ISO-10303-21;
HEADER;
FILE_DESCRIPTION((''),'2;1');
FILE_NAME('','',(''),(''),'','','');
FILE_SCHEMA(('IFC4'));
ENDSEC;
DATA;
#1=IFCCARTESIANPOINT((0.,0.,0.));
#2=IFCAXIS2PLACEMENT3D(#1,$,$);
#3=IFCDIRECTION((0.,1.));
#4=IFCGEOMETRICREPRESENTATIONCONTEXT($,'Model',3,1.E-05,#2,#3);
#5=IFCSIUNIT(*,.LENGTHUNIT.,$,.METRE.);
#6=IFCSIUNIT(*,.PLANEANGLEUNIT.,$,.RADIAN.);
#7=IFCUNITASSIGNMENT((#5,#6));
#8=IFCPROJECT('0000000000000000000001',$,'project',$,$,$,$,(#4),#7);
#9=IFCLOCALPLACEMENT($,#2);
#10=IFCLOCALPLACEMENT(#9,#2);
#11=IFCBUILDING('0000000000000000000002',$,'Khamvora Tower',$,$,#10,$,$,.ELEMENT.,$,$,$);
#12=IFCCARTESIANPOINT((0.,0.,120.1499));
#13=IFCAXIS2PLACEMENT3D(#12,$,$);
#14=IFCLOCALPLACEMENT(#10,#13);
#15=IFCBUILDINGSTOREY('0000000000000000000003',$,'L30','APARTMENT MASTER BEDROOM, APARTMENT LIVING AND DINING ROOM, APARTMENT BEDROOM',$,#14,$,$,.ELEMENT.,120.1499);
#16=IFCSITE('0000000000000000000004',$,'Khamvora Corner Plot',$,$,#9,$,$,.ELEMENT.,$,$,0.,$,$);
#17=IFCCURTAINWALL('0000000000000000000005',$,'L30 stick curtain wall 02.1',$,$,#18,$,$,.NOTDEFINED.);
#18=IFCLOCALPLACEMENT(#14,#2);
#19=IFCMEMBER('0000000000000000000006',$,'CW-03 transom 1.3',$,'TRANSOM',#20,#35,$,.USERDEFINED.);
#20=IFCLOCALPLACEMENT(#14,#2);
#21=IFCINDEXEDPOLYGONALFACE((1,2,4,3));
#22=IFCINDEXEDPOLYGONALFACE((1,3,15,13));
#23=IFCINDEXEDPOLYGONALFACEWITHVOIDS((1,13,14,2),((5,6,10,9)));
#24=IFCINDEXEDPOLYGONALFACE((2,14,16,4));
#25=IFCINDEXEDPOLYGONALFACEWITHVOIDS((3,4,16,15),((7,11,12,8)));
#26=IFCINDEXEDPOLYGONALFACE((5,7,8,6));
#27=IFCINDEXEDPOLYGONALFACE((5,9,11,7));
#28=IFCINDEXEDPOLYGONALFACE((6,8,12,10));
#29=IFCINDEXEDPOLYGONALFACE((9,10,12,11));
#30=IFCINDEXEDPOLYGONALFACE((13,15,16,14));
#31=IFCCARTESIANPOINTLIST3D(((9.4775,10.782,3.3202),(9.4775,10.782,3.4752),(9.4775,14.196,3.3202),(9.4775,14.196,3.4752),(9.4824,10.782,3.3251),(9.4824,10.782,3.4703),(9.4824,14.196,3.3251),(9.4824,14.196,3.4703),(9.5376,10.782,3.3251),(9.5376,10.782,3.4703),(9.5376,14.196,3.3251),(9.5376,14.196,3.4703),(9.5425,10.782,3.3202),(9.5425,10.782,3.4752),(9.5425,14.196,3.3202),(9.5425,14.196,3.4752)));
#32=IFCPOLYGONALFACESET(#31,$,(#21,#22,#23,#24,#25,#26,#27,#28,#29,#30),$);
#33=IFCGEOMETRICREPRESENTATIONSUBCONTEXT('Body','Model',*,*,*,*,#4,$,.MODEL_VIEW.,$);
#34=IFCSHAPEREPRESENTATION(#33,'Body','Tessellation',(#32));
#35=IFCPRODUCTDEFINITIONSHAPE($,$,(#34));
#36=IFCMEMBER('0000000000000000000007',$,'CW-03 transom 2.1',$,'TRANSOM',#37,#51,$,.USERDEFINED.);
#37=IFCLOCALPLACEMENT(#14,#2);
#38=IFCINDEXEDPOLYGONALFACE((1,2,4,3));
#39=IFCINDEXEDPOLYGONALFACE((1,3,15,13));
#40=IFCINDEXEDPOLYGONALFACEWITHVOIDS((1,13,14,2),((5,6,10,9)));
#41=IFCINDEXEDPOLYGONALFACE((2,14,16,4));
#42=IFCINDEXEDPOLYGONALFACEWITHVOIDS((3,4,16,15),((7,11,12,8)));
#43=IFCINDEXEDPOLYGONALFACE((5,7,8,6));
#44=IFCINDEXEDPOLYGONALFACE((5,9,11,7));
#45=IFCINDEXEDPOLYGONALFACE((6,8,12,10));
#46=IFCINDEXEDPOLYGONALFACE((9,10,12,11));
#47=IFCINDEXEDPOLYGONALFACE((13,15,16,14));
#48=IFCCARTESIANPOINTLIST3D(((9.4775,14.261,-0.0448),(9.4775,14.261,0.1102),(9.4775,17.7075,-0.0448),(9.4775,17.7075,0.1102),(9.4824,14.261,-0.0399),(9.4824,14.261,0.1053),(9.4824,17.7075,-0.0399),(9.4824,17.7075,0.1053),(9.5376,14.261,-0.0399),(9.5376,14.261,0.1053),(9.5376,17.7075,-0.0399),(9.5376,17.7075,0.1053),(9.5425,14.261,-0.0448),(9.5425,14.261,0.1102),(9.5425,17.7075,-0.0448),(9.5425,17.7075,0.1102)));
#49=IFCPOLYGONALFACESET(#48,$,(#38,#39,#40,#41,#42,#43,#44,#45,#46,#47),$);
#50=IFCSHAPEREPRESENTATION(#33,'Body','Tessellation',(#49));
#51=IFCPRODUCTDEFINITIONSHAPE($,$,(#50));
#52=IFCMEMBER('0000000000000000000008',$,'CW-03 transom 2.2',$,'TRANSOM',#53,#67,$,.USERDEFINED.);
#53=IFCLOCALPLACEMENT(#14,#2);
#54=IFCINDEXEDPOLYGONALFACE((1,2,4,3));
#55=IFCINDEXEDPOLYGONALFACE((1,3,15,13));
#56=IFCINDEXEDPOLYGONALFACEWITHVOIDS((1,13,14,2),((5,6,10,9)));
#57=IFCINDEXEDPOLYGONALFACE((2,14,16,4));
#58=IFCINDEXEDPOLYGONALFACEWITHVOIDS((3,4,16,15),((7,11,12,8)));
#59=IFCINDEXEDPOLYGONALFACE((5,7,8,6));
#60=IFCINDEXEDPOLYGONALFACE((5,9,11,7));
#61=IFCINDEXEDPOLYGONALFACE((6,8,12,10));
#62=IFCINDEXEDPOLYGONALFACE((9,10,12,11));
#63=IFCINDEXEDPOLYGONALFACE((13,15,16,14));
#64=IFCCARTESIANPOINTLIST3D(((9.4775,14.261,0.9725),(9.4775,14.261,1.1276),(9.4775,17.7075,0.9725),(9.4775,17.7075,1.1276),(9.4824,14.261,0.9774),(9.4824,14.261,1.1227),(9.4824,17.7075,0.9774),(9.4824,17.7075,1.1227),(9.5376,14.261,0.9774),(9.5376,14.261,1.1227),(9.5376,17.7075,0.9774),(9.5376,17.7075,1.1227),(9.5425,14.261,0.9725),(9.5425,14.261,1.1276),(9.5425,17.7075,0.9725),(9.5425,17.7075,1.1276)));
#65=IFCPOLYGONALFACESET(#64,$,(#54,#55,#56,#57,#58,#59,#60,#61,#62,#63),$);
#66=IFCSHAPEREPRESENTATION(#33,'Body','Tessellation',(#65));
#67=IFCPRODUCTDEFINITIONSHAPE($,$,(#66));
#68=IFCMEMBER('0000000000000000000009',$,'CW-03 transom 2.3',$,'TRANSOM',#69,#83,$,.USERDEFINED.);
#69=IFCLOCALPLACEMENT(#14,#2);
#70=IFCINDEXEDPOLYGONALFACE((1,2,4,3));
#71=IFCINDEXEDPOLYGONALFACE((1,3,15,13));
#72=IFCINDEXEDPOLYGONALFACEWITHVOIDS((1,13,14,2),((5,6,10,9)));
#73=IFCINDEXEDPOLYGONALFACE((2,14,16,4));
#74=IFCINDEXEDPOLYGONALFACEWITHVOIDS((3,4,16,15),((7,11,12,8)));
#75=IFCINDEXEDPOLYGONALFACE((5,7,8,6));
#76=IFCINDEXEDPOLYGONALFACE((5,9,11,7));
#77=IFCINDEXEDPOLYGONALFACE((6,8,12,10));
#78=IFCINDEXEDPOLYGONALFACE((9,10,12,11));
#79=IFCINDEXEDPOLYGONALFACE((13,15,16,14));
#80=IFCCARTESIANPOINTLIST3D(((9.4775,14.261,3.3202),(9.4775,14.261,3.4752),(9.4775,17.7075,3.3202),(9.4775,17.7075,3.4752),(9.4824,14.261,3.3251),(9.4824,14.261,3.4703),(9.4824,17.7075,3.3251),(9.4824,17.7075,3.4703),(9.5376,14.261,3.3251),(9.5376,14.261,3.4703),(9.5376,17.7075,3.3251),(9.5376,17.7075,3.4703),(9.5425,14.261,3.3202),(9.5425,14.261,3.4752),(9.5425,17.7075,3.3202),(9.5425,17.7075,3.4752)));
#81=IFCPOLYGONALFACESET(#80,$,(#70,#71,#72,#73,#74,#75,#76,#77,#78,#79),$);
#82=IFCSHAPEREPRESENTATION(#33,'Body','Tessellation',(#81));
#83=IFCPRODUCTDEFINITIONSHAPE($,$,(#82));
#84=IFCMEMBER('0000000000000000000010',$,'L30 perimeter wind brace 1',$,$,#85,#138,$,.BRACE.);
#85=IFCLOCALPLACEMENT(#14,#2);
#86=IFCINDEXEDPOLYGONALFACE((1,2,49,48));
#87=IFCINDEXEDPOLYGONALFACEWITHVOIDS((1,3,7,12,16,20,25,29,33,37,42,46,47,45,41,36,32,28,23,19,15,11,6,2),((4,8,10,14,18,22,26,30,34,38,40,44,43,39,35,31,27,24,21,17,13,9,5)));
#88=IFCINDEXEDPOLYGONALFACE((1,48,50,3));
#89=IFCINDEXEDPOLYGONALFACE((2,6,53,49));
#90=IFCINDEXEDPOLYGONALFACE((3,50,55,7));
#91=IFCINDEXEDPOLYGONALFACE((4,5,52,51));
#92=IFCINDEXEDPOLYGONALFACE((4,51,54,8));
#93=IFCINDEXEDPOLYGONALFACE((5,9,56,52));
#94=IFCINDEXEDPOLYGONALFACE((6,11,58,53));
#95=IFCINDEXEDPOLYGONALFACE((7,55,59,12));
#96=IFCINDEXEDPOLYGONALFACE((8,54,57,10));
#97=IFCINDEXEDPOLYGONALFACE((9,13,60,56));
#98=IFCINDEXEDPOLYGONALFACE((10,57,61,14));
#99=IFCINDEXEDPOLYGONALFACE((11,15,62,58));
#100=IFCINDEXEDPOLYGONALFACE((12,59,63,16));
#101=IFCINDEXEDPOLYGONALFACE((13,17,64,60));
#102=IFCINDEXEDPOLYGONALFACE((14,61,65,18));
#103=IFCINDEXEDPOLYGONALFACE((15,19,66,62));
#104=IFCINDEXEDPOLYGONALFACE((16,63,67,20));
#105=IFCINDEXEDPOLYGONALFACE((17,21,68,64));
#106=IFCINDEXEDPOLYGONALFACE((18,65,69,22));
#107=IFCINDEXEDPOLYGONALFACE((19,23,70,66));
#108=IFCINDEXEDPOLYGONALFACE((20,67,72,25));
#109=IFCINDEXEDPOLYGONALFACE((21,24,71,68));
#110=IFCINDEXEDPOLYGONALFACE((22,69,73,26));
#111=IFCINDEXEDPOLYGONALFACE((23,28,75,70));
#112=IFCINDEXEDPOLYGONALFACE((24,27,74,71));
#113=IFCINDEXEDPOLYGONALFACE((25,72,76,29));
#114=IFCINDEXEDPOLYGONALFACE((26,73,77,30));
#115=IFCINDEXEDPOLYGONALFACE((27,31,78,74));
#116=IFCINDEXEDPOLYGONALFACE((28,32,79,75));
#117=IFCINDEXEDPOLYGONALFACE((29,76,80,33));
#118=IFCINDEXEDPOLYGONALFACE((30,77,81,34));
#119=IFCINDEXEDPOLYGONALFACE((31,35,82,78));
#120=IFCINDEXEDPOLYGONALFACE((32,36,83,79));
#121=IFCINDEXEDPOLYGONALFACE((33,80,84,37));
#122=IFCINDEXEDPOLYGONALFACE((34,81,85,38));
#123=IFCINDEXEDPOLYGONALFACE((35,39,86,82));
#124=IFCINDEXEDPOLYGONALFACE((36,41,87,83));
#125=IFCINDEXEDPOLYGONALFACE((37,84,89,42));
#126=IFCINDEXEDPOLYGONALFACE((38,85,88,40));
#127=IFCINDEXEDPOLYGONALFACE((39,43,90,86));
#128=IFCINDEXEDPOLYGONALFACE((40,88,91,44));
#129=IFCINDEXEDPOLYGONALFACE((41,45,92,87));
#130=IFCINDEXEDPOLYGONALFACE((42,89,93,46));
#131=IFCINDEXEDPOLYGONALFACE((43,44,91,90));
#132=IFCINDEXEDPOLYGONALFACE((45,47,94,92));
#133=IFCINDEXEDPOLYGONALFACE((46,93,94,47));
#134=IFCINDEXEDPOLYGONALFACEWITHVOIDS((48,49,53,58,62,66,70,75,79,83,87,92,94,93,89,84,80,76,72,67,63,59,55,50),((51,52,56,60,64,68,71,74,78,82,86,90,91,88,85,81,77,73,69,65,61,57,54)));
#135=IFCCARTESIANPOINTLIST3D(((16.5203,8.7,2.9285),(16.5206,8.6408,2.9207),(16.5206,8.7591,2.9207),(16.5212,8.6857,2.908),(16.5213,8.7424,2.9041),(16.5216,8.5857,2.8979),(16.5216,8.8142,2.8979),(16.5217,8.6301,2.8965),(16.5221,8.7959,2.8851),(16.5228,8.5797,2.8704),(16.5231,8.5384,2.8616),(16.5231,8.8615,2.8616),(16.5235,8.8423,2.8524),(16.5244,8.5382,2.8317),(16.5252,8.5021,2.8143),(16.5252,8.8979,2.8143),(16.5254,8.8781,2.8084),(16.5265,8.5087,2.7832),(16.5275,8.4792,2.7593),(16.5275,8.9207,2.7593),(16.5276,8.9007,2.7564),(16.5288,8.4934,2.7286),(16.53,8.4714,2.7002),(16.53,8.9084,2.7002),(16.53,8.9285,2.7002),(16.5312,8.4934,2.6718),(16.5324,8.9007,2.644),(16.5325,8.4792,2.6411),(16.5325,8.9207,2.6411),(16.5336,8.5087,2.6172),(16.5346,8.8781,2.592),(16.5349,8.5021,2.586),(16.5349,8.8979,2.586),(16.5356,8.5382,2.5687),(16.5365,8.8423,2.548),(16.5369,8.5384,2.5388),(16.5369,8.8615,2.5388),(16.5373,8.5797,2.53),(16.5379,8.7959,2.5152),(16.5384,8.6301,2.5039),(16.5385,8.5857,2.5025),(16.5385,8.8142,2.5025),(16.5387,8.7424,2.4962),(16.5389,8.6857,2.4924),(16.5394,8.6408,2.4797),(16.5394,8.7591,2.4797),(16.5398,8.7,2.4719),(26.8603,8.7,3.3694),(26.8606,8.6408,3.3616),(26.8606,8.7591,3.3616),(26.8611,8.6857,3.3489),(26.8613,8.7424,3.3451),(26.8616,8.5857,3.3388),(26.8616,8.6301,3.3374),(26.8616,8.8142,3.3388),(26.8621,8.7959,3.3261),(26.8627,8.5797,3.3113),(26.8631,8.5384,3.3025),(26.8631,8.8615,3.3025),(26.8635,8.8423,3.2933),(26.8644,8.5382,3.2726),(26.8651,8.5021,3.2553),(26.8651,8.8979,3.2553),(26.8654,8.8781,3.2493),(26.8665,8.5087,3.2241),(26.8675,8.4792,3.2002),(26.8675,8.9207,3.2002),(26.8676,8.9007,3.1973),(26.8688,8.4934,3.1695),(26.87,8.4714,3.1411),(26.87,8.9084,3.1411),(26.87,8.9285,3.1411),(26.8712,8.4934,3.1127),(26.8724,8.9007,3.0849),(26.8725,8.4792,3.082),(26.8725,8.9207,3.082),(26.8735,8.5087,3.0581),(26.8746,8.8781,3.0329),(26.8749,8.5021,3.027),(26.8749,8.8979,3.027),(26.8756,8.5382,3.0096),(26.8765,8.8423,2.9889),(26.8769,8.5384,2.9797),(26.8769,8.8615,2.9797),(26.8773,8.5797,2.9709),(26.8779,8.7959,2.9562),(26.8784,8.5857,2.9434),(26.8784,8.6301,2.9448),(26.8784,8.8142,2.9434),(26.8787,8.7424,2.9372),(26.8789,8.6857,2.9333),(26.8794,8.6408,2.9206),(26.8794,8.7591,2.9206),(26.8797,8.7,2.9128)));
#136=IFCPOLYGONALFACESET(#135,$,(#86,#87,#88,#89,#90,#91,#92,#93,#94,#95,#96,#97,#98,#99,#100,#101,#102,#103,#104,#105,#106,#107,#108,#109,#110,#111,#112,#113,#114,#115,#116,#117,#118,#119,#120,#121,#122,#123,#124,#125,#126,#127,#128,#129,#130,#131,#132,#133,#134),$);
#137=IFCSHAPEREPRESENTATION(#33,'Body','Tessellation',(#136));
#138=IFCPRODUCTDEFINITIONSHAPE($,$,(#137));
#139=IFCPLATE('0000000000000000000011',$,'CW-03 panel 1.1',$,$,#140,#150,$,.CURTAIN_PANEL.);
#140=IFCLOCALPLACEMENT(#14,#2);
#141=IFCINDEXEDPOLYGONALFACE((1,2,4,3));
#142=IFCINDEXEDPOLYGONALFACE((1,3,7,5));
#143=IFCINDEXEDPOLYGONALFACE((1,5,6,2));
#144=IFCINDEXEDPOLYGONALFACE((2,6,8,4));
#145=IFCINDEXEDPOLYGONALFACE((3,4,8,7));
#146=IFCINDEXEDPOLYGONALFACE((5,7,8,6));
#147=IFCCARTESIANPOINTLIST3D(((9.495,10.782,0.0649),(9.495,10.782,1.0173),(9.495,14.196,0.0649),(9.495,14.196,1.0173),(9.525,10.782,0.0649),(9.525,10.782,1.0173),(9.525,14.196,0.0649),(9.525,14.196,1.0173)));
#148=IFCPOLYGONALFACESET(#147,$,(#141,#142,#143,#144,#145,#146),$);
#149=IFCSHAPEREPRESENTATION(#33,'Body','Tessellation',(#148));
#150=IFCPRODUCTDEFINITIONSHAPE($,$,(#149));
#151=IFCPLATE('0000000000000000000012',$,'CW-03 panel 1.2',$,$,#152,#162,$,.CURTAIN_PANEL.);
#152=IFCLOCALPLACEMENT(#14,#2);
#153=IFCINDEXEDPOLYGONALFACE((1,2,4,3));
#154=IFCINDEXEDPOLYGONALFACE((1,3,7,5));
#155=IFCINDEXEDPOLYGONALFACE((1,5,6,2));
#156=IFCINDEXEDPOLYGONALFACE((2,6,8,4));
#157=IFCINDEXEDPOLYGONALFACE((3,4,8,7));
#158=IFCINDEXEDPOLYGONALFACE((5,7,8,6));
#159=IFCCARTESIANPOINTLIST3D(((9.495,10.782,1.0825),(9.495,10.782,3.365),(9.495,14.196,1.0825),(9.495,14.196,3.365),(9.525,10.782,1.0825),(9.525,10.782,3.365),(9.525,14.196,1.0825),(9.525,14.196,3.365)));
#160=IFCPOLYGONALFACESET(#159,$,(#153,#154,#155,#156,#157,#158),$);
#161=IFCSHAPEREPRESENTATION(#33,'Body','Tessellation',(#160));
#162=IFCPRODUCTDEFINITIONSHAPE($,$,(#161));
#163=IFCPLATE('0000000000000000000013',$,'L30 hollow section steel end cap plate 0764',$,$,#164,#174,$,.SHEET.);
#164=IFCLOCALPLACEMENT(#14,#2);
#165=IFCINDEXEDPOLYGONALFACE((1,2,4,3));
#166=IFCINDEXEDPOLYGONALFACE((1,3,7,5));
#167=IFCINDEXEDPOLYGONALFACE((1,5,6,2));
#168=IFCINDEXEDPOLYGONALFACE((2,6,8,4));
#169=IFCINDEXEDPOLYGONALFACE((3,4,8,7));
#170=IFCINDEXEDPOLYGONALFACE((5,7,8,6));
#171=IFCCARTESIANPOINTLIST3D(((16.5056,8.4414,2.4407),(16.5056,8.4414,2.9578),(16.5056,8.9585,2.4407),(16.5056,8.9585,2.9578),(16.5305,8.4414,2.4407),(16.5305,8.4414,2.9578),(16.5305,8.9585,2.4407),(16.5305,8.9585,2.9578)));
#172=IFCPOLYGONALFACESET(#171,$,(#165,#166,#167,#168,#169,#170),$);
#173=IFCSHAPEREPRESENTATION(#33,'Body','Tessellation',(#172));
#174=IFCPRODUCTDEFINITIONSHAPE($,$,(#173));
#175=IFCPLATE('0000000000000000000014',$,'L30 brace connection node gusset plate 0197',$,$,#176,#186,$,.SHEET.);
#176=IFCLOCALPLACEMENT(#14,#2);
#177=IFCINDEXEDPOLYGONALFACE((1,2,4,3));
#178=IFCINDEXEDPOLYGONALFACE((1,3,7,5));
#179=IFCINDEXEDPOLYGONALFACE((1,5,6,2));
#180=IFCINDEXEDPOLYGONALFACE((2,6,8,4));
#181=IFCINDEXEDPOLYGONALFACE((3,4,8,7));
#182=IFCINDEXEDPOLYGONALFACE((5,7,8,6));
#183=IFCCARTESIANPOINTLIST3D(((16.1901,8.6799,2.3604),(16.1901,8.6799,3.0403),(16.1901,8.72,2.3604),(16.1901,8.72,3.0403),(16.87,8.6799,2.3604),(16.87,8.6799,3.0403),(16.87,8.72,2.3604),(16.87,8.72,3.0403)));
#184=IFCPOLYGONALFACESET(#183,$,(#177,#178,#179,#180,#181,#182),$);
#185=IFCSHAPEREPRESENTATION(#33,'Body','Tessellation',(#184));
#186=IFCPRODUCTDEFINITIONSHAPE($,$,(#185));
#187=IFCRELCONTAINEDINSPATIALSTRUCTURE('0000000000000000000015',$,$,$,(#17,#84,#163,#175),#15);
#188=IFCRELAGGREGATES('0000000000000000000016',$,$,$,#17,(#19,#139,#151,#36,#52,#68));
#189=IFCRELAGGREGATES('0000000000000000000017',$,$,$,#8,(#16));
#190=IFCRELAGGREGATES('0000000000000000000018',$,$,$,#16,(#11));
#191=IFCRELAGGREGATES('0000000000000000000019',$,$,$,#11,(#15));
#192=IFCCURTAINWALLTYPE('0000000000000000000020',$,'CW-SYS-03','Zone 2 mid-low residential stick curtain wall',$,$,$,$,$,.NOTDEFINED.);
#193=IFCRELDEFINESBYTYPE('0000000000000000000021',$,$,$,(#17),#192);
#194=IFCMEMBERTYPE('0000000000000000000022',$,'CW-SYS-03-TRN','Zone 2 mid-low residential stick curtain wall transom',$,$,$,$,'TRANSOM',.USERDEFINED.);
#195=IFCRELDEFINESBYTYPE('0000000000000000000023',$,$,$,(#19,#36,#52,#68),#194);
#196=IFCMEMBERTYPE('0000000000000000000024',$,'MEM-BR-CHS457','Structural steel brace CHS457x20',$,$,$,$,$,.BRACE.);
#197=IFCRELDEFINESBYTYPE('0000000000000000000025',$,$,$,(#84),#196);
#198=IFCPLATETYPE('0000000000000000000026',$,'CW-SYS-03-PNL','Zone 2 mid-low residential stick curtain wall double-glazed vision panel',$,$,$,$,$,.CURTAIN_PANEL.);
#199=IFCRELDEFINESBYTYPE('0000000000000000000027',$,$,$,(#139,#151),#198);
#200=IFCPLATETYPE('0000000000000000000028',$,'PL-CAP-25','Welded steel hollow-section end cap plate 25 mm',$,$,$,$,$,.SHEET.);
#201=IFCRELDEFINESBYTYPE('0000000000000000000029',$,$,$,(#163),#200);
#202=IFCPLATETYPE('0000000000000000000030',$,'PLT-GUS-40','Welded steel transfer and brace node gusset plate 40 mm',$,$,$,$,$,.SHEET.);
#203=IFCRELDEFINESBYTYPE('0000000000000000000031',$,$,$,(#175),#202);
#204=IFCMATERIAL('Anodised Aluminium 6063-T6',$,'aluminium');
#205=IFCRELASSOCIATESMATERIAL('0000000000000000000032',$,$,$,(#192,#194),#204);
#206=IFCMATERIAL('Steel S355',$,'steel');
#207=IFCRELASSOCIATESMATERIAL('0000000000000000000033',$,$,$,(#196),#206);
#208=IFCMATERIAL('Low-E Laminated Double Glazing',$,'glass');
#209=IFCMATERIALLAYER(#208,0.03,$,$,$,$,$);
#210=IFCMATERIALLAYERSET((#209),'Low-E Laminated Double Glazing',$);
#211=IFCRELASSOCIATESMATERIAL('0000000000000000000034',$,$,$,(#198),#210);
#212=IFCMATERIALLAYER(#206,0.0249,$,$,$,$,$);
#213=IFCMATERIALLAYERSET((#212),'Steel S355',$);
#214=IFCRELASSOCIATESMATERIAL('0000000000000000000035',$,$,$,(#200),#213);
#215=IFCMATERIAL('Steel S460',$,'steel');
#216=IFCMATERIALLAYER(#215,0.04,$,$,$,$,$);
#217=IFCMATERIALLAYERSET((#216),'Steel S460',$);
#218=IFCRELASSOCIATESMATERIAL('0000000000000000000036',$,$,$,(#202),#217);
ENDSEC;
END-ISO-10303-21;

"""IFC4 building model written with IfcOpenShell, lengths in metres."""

from ifc_helpers import new_model, si_unit, direction, frame, origin, origin_2d, place, context, subcontext, project, spatial, rectangle, hollow_rectangle, hollow_circle, extrude, material, layer, layer_set, material_profile, profile_set, type_object, element, aggregate, save


model = new_model("IFC4")

# Units and contexts
model_context = context("Model", 3, precision=1e-05, world=origin(), true_north=direction((0.0, 1.0)))
body_context = subcontext(model_context, "Body", "Model", "MODEL_VIEW")
ifc_project = project(units=[si_unit("LENGTHUNIT", "METRE"), si_unit("PLANEANGLEUNIT", "RADIAN")], contexts=[model_context])

# Site, building, storey
site_placement = place(None, origin())
site = spatial("IfcSite", under=ifc_project, at=site_placement, Name="Khamvora Corner Plot", CompositionType="ELEMENT", RefElevation=0.0)
building_placement = place(site_placement, origin())
building = spatial("IfcBuilding", under=site, at=building_placement, Name="Khamvora Tower", CompositionType="ELEMENT")
storey_placement = place(building_placement, frame((0.0, 0.0, 120.1499)))
storey = spatial("IfcBuildingStorey", under=building, at=storey_placement, Name="L30", Description="APARTMENT MASTER BEDROOM, APARTMENT LIVING AND DINING ROOM, APARTMENT BEDROOM", CompositionType="ELEMENT", Elevation=120.1499)

# Shared definitions
ifc_material_1 = material(Name="Steel S355", Category="steel")

# Curtain wall, members
ifc_material_2 = material(Name="Anodised Aluminium 6063-T6", Category="aluminium")
curtain_wall_type = type_object("IfcCurtainWallType", Name="CW-SYS-03", Description="Zone 2 mid-low residential stick curtain wall", PredefinedType="NOTDEFINED", material=ifc_material_2)
curtain_wall_placement = place(storey_placement, origin())
curtain_wall = element("IfcCurtainWall", 1, at=curtain_wall_placement, inside=storey, type_object=curtain_wall_type, Name="L30 stick curtain wall 02.1", PredefinedType="NOTDEFINED")
ifc_material_profile_1 = material_profile(ifc_material_2, hollow_rectangle(XDim=0.0649, YDim=0.155, WallThickness=0.0049, at=origin_2d()), Name="TRN65x155x5")
ifc_profile_set_1 = profile_set([ifc_material_profile_1], Name="Anodised Aluminium 6063-T6")
member_type_1 = type_object("IfcMemberType", Name="CW-SYS-03-TRN", Description="Zone 2 mid-low residential stick curtain wall transom", ElementType="TRANSOM", PredefinedType="USERDEFINED", material=ifc_profile_set_1)
member_1_placement = place(storey_placement, frame((9.51, 10.782, 3.3977), z_axis=(0.0, 1.0, 0.0), x_axis=(-1.0, 0.0, 0.0)))
member_1 = element("IfcMember", 2, at=member_1_placement, type_object=member_type_1, Name="CW-03 transom 1.3", ObjectType="TRANSOM", PredefinedType="USERDEFINED", context=body_context, shape_type="SweptSolid", body=[
    extrude(hollow_rectangle(XDim=0.0649, YDim=0.155, WallThickness=0.0049, at=origin_2d()), origin(), (0.0, 0.0, 1.0), 3.4141),
])
member_2_placement = place(storey_placement, frame((9.51, 14.261, 0.0327), z_axis=(0.0, 1.0, 0.0), x_axis=(-1.0, 0.0, 0.0)))
member_2 = element("IfcMember", 3, at=member_2_placement, type_object=member_type_1, Name="CW-03 transom 2.1", ObjectType="TRANSOM", PredefinedType="USERDEFINED", context=body_context, shape_type="SweptSolid", body=[
    extrude(hollow_rectangle(XDim=0.0649, YDim=0.155, WallThickness=0.0049, at=origin_2d()), origin(), (0.0, 0.0, 1.0), 3.4465),
])
member_3_placement = place(storey_placement, frame((9.51, 14.261, 1.05), z_axis=(0.0, 1.0, 0.0), x_axis=(-1.0, 0.0, 0.0)))
member_3 = element("IfcMember", 4, at=member_3_placement, type_object=member_type_1, Name="CW-03 transom 2.2", ObjectType="TRANSOM", PredefinedType="USERDEFINED", context=body_context, shape_type="SweptSolid", body=[
    extrude(hollow_rectangle(XDim=0.0649, YDim=0.155, WallThickness=0.0049, at=origin_2d()), origin(), (0.0, 0.0, 1.0), 3.4465),
])
member_4_placement = place(storey_placement, frame((9.51, 14.261, 3.3977), z_axis=(0.0, 1.0, 0.0), x_axis=(-1.0, 0.0, 0.0)))
member_4 = element("IfcMember", 5, at=member_4_placement, type_object=member_type_1, Name="CW-03 transom 2.3", ObjectType="TRANSOM", PredefinedType="USERDEFINED", context=body_context, shape_type="SweptSolid", body=[
    extrude(hollow_rectangle(XDim=0.0649, YDim=0.155, WallThickness=0.0049, at=origin_2d()), origin(), (0.0, 0.0, 1.0), 3.4465),
])

# Member
ifc_material_profile_2 = material_profile(ifc_material_1, hollow_circle(Radius=0.2285, WallThickness=0.02, at=origin_2d()), Name="CHS457x20")
ifc_profile_set_2 = profile_set([ifc_material_profile_2], Name="Steel S355")
member_type_2 = type_object("IfcMemberType", Name="MEM-BR-CHS457", Description="Structural steel brace CHS457x20", PredefinedType="BRACE", material=ifc_profile_set_2)
member_5_placement = place(storey_placement, frame((16.53, 8.7, 2.7002), z_axis=(0.999092, 0.0, 0.042603), x_axis=(0.0, 1.0, 0.0)))
element("IfcMember", 6, at=member_5_placement, inside=storey, type_object=member_type_2, Name="L30 perimeter wind brace 1", PredefinedType="BRACE", context=body_context, shape_type="SweptSolid", body=[
    extrude(hollow_circle(Radius=0.2285, WallThickness=0.02, at=origin_2d()), origin(), (0.0, 0.0, 1.0), 10.3494),
])

# Plates
ifc_material_3 = material(Name="Low-E Laminated Double Glazing", Category="glass")
ifc_layer_1 = layer(ifc_material_3, 0.03)
ifc_layer_set_1 = layer_set([ifc_layer_1], Name="Low-E Laminated Double Glazing")
plate_type_1 = type_object("IfcPlateType", Name="CW-SYS-03-PNL", Description="Zone 2 mid-low residential stick curtain wall double-glazed vision panel", PredefinedType="CURTAIN_PANEL", material=ifc_layer_set_1)
plate_1_placement = place(storey_placement, frame((9.51, 12.489, 0.0649), z_axis=(0.0, 0.0, 1.0), x_axis=(0.0, 1.0, 0.0)))
plate_1 = element("IfcPlate", 7, at=plate_1_placement, type_object=plate_type_1, Name="CW-03 panel 1.1", PredefinedType="CURTAIN_PANEL", context=body_context, shape_type="SweptSolid", body=[
    extrude(rectangle(XDim=3.4141, YDim=0.03, at=origin_2d()), origin(), (0.0, 0.0, 1.0), 0.9524),
])
plate_2_placement = place(storey_placement, frame((9.51, 12.489, 1.0825), z_axis=(0.0, 0.0, 1.0), x_axis=(0.0, 1.0, 0.0)))
plate_2 = element("IfcPlate", 8, at=plate_2_placement, type_object=plate_type_1, Name="CW-03 panel 1.2", PredefinedType="CURTAIN_PANEL", context=body_context, shape_type="SweptSolid", body=[
    extrude(rectangle(XDim=3.4141, YDim=0.03, at=origin_2d()), origin(), (0.0, 0.0, 1.0), 2.2825),
])
aggregate(curtain_wall, [member_1, plate_1, plate_2, member_2, member_3, member_4])

# Plates
ifc_layer_2 = layer(ifc_material_1, 0.0249)
ifc_layer_set_2 = layer_set([ifc_layer_2], Name="Steel S355")
plate_type_2 = type_object("IfcPlateType", Name="PL-CAP-25", Description="Welded steel hollow-section end cap plate 25 mm", PredefinedType="SHEET", material=ifc_layer_set_2)
plate_3_placement = place(storey_placement, frame((16.5181, 8.7, 2.4407), z_axis=(0.0, 0.0, 1.0), x_axis=(1.0, 0.0, 0.0)))
element("IfcPlate", 9, at=plate_3_placement, inside=storey, type_object=plate_type_2, Name="L30 hollow section steel end cap plate 0764", PredefinedType="SHEET", context=body_context, shape_type="SweptSolid", body=[
    extrude(rectangle(XDim=0.0249, YDim=0.5171, at=origin_2d()), origin(), (0.0, 0.0, 1.0), 0.5171),
])
ifc_material_4 = material(Name="Steel S460", Category="steel")
ifc_layer_3 = layer(ifc_material_4, 0.04)
ifc_layer_set_3 = layer_set([ifc_layer_3], Name="Steel S460")
plate_type_3 = type_object("IfcPlateType", Name="PLT-GUS-40", Description="Welded steel transfer and brace node gusset plate 40 mm", PredefinedType="SHEET", material=ifc_layer_set_3)
plate_4_placement = place(storey_placement, frame((16.53, 8.7, 2.3604), z_axis=(0.0, 0.0, 1.0), x_axis=(1.0, 0.0, 0.0)))
element("IfcPlate", 10, at=plate_4_placement, inside=storey, type_object=plate_type_3, Name="L30 brace connection node gusset plate 0197", PredefinedType="SHEET", context=body_context, shape_type="SweptSolid", body=[
    extrude(rectangle(XDim=0.6799, YDim=0.04, at=origin_2d()), origin(), (0.0, 0.0, 1.0), 0.6799),
])

save(model, "model.ifc")
